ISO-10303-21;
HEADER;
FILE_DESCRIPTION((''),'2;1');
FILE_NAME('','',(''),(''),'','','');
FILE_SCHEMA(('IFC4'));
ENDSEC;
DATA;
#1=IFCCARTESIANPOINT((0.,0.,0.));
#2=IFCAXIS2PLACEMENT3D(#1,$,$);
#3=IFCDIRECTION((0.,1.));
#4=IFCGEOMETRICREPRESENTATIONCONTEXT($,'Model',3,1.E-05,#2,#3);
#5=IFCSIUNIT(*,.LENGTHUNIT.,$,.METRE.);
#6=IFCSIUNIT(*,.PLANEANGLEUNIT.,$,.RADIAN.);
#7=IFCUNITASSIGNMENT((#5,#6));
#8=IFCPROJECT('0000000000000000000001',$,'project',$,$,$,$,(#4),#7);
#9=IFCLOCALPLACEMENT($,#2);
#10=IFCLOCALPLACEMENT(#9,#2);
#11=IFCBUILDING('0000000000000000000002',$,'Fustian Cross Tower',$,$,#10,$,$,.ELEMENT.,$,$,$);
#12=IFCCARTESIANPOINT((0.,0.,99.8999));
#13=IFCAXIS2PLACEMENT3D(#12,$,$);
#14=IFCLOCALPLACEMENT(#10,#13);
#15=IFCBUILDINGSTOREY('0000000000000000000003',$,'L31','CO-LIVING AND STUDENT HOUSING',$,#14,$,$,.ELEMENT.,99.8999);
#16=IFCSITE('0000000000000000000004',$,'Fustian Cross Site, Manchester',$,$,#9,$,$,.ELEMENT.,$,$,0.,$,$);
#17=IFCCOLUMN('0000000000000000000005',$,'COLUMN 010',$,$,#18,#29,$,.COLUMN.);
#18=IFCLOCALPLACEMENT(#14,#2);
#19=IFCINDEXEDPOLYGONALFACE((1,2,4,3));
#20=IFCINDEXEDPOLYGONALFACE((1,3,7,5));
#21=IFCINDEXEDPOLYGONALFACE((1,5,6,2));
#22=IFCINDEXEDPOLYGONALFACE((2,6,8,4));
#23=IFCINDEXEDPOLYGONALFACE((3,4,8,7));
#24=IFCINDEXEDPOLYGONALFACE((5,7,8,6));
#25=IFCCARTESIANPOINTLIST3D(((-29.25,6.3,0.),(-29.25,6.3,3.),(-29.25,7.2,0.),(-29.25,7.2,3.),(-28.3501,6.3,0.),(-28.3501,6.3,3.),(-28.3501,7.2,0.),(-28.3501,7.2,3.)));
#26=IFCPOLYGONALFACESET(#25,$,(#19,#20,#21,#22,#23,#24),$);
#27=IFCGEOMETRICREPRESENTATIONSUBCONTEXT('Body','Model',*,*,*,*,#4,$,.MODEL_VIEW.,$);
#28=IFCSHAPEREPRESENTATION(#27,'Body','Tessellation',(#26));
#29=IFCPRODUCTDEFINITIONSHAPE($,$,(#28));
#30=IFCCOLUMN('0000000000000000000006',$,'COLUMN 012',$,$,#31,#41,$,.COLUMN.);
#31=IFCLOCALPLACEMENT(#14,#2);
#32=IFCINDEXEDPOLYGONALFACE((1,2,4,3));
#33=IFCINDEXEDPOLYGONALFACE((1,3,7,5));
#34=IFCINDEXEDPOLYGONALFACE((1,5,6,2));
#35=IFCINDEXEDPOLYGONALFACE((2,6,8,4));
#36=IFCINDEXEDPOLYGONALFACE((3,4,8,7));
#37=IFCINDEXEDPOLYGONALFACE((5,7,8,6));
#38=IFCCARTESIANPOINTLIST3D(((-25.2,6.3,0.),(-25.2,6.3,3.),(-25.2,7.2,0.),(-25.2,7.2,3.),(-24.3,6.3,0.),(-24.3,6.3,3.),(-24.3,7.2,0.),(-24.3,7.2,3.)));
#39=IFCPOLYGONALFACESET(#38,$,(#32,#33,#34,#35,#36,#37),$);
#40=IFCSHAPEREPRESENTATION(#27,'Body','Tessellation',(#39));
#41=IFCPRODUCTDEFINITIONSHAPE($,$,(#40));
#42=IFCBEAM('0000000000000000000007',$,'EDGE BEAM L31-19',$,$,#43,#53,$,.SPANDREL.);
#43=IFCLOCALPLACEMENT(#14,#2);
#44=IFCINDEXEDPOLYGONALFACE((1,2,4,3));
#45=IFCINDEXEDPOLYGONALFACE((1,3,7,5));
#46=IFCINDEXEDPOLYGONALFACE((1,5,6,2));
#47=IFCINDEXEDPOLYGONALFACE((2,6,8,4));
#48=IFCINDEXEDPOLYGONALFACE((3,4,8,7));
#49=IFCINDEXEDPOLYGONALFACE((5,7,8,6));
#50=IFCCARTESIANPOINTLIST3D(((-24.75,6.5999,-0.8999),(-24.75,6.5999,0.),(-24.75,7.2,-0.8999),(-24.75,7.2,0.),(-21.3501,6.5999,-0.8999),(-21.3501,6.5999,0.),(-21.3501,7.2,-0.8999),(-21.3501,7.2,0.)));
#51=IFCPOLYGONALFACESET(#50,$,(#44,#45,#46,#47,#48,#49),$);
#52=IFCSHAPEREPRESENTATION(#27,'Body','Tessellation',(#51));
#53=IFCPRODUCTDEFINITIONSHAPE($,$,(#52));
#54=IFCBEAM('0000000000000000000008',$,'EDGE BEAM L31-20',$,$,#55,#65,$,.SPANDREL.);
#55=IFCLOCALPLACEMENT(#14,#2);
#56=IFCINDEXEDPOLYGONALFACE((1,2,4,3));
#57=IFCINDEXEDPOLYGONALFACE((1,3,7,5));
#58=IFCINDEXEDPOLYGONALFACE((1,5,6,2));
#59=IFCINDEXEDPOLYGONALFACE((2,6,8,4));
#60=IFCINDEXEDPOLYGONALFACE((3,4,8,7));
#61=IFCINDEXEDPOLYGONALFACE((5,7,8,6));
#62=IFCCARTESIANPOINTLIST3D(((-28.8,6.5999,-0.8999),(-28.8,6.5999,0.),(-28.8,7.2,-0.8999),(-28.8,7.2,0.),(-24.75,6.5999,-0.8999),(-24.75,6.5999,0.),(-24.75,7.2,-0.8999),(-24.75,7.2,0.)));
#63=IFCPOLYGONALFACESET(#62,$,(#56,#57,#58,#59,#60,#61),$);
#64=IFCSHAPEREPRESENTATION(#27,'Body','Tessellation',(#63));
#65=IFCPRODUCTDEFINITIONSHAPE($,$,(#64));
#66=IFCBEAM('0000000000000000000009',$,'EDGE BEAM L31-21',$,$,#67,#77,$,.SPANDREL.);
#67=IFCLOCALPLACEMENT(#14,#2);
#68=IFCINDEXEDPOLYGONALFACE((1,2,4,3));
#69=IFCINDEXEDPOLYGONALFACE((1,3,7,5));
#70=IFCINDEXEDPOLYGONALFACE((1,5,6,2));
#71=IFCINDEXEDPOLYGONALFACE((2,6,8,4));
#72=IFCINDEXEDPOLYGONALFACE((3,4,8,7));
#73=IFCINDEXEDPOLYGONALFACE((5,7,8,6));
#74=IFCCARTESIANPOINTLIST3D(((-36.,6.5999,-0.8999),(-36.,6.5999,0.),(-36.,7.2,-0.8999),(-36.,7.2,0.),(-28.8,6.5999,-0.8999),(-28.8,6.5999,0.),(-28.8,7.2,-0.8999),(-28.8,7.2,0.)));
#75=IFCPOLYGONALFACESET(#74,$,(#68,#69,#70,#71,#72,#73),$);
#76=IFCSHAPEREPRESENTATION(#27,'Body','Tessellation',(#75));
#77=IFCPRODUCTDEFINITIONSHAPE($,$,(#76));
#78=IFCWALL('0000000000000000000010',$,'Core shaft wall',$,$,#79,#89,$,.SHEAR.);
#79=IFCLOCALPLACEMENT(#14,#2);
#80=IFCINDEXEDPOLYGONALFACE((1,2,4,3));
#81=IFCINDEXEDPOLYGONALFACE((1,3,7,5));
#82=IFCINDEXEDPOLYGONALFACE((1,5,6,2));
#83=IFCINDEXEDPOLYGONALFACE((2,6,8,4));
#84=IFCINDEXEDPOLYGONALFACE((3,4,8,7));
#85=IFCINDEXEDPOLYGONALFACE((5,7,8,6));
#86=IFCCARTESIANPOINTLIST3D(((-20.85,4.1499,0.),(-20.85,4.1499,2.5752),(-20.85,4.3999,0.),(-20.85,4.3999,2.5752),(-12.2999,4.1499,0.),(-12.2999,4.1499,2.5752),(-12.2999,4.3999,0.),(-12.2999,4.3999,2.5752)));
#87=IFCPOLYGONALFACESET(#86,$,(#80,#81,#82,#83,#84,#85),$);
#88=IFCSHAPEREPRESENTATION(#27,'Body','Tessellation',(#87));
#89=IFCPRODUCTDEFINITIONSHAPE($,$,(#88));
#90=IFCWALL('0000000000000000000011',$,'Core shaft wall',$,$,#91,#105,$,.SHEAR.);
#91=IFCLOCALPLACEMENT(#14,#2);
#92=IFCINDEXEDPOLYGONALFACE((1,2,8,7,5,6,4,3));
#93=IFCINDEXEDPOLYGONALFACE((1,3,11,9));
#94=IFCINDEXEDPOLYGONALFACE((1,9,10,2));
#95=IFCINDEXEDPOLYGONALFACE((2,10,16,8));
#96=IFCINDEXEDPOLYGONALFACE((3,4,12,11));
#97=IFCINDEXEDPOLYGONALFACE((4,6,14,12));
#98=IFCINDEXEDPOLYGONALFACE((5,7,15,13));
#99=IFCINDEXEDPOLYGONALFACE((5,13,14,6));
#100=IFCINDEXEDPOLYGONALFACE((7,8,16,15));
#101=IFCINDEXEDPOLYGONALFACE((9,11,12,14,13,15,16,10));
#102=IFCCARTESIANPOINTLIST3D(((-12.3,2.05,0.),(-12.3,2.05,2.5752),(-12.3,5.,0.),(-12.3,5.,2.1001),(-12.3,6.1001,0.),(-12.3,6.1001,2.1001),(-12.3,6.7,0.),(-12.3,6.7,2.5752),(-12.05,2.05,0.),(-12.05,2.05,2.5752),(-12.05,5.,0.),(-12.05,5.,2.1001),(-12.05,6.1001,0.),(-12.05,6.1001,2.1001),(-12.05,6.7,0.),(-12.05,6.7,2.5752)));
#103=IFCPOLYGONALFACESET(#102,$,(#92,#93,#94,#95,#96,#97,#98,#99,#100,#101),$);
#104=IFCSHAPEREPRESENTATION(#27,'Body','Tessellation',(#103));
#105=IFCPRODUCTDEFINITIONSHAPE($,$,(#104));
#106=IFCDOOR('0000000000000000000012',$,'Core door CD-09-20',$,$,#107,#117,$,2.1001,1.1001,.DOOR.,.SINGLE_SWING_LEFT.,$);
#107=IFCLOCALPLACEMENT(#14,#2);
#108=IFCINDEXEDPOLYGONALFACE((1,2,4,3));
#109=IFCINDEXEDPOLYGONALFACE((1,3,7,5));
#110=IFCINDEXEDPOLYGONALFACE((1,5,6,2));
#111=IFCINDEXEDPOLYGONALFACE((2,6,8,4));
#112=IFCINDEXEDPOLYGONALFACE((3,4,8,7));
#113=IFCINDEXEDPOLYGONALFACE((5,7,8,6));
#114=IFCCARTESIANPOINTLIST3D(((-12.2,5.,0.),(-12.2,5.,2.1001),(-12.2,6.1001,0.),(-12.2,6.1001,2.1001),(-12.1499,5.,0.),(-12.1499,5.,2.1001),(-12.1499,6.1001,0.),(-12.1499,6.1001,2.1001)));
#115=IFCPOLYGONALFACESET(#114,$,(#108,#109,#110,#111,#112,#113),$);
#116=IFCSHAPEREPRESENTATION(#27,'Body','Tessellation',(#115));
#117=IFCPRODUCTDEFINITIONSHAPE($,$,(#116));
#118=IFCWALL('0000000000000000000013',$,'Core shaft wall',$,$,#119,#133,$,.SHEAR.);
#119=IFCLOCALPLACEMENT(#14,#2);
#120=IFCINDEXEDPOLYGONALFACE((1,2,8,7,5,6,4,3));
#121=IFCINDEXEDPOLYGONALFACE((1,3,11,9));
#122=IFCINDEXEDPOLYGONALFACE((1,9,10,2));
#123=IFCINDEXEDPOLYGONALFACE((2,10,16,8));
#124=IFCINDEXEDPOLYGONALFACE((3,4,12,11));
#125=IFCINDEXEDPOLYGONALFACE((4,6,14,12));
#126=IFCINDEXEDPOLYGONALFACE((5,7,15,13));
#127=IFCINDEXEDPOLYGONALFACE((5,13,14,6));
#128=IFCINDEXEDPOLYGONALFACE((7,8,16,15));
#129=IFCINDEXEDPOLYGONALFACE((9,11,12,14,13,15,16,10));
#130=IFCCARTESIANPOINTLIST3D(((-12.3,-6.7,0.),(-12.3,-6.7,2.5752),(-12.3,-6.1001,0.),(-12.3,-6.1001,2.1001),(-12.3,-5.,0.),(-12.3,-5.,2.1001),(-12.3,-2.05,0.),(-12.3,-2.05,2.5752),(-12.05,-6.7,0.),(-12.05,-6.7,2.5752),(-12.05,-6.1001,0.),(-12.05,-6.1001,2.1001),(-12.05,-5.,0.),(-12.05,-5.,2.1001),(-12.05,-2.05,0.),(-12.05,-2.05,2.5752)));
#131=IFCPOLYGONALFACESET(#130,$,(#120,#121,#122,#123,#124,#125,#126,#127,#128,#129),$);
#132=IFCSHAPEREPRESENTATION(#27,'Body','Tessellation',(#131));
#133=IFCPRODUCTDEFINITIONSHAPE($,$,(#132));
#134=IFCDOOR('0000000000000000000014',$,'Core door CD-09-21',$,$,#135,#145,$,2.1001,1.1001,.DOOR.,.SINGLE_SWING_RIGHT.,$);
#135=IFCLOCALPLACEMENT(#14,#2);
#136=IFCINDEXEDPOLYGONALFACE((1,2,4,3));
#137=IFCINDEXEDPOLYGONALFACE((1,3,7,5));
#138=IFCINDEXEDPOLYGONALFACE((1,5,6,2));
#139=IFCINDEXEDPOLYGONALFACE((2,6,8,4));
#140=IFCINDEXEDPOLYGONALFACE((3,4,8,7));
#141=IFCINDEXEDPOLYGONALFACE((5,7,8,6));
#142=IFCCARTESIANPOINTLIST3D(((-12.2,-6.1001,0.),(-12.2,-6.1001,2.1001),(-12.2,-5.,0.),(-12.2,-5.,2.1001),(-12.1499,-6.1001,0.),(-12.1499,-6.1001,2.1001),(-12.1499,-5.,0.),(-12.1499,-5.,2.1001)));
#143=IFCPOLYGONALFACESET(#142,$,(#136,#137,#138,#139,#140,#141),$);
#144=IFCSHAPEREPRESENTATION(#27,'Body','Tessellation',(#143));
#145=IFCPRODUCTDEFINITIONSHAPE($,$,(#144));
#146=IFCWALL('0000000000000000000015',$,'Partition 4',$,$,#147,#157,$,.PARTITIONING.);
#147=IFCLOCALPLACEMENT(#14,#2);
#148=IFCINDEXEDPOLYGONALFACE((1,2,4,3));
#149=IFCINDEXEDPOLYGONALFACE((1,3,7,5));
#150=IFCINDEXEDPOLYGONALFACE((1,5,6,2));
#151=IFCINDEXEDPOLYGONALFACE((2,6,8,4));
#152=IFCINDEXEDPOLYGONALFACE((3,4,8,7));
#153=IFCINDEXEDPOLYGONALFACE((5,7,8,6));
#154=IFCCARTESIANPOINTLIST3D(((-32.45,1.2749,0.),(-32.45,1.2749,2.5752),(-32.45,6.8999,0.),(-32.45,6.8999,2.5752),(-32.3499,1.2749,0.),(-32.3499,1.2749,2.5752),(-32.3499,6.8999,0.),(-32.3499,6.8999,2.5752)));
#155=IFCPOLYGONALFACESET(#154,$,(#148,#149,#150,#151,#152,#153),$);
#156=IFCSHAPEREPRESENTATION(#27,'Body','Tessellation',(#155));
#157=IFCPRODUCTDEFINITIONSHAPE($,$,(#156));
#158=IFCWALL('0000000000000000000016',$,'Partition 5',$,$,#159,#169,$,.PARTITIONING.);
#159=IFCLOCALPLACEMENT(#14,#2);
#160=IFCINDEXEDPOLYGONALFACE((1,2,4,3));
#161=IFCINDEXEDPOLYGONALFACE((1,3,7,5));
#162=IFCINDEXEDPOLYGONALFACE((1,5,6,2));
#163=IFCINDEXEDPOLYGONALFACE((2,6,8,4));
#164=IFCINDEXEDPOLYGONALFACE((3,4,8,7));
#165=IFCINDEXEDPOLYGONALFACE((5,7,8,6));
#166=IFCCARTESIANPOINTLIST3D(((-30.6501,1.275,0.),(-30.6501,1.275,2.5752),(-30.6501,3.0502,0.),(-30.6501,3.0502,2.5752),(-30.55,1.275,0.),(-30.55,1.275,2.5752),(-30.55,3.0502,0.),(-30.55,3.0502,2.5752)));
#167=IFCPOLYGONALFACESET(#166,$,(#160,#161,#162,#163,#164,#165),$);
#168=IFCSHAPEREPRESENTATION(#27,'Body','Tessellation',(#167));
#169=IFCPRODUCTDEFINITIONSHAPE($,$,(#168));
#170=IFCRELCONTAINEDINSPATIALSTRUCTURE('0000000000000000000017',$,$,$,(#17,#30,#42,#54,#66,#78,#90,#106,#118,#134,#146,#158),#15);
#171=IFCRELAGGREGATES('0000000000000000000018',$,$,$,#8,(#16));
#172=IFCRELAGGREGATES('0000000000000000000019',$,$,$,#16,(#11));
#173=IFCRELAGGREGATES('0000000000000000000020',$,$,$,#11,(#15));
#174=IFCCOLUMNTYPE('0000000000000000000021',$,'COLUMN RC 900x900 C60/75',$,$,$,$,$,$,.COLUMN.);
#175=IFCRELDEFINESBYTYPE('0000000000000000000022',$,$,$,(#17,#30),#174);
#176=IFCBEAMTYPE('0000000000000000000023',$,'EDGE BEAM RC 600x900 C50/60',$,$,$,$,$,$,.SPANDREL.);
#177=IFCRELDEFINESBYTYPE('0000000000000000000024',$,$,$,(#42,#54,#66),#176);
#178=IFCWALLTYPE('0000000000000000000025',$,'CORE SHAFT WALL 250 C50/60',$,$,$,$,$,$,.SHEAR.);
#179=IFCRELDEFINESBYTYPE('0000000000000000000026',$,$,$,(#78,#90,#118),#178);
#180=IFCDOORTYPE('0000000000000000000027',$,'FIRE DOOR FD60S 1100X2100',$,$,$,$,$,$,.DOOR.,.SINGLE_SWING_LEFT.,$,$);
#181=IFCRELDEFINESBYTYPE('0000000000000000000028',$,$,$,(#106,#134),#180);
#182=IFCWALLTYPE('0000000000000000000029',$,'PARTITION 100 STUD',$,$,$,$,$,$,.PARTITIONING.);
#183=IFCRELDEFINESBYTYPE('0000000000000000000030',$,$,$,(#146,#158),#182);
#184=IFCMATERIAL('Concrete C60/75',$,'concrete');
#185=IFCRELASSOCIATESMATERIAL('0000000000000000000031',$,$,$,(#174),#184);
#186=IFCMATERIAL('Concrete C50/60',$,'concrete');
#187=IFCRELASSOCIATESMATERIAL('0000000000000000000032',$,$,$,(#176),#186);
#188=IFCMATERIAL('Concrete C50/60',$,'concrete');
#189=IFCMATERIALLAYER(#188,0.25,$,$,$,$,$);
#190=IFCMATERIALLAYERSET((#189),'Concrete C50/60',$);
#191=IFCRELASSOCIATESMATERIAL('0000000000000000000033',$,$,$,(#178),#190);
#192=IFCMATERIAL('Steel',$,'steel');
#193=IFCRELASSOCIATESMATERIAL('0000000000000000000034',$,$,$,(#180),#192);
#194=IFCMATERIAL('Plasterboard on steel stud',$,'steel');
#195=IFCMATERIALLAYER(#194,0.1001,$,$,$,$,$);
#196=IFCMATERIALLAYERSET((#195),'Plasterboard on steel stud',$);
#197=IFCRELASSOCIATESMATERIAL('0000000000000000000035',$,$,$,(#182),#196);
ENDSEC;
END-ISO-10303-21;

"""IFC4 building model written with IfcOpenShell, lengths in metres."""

from ifc_helpers import new_model, si_unit, direction, frame, frame_2d, origin, origin_2d, place, context, subcontext, project, spatial, rectangle, extrude, material, layer, layer_set, material_profile, profile_set, type_object, element, fill, save


model = new_model("IFC4")

# Units and contexts
model_context = context("Model", 3, precision=1e-05, world=origin(), true_north=direction((0.0, 1.0)))
body_context = subcontext(model_context, "Body", "Model", "MODEL_VIEW")
ifc_project = project(units=[si_unit("LENGTHUNIT", "METRE"), si_unit("PLANEANGLEUNIT", "RADIAN")], contexts=[model_context])

# Site, building, storey
site_placement = place(None, origin())
site = spatial("IfcSite", under=ifc_project, at=site_placement, Name="Fustian Cross Site, Manchester", CompositionType="ELEMENT", RefElevation=0.0)
building_placement = place(site_placement, origin())
building = spatial("IfcBuilding", under=site, at=building_placement, Name="Fustian Cross Tower", CompositionType="ELEMENT")
storey_placement = place(building_placement, frame((0.0, 0.0, 99.8999)))
storey = spatial("IfcBuildingStorey", under=building, at=storey_placement, Name="L31", Description="CO-LIVING AND STUDENT HOUSING", CompositionType="ELEMENT", Elevation=99.8999)

# Columns
ifc_material_1 = material(Name="Concrete C60/75", Category="concrete")
ifc_material_profile_1 = material_profile(ifc_material_1, rectangle(XDim=0.8999, YDim=0.8999, at=origin_2d()), Name="RC 900x900")
ifc_profile_set_1 = profile_set([ifc_material_profile_1], Name="Concrete C60/75")
column_type = type_object("IfcColumnType", Name="COLUMN RC 900x900 C60/75", PredefinedType="COLUMN", material=ifc_profile_set_1)
for number, where, z_axis, x_axis, name in (
    (1, (-28.8, 6.75, 0.0), (0.0, 0.0, 1.0), (1.0, 0.0, 0.0), "COLUMN 010"),
    (2, (-24.75, 6.75, 0.0), (0.0, 0.0, 1.0), (1.0, 0.0, 0.0), "COLUMN 012"),
):
    element("IfcColumn", number, at=place(storey_placement, frame(where, z_axis=z_axis, x_axis=x_axis)), inside=storey, type_object=column_type, Name=name, PredefinedType="COLUMN", context=body_context, shape_type="SweptSolid", body=[
        extrude(rectangle(XDim=0.8999, YDim=0.8999, at=origin_2d()), origin(), (0.0, 0.0, 1.0), 3.0),
    ])

# Beams
ifc_material_2 = material(Name="Concrete C50/60", Category="concrete")
ifc_material_profile_2 = material_profile(ifc_material_2, rectangle(XDim=0.6001, YDim=0.8999, at=origin_2d()), Name="RC 600x900")
ifc_profile_set_2 = profile_set([ifc_material_profile_2], Name="Concrete C50/60")
beam_type = type_object("IfcBeamType", Name="EDGE BEAM RC 600x900 C50/60", PredefinedType="SPANDREL", material=ifc_profile_set_2)
beam_1_placement = place(storey_placement, frame((-21.3501, 6.8999, -0.45), z_axis=(-1.0, 0.0, 0.0), x_axis=(0.0, -1.0, 0.0)))
element("IfcBeam", 3, at=beam_1_placement, inside=storey, type_object=beam_type, Name="EDGE BEAM L31-19", PredefinedType="SPANDREL", context=body_context, shape_type="SweptSolid", body=[
    extrude(rectangle(XDim=0.6001, YDim=0.8999, at=origin_2d()), origin(), (0.0, 0.0, 1.0), 3.3999),
])
beam_2_placement = place(storey_placement, frame((-24.75, 6.8999, -0.45), z_axis=(-1.0, 0.0, 0.0), x_axis=(0.0, -1.0, 0.0)))
element("IfcBeam", 4, at=beam_2_placement, inside=storey, type_object=beam_type, Name="EDGE BEAM L31-20", PredefinedType="SPANDREL", context=body_context, shape_type="SweptSolid", body=[
    extrude(rectangle(XDim=0.6001, YDim=0.8999, at=origin_2d()), origin(), (0.0, 0.0, 1.0), 4.05),
])
beam_3_placement = place(storey_placement, frame((-28.8, 6.8999, -0.45), z_axis=(-1.0, 0.0, 0.0), x_axis=(0.0, -1.0, 0.0)))
element("IfcBeam", 5, at=beam_3_placement, inside=storey, type_object=beam_type, Name="EDGE BEAM L31-21", PredefinedType="SPANDREL", context=body_context, shape_type="SweptSolid", body=[
    extrude(rectangle(XDim=0.6001, YDim=0.8999, at=origin_2d()), origin(), (0.0, 0.0, 1.0), 7.2),
])

# Wall
ifc_material_3 = material(Name="Concrete C50/60", Category="concrete")
ifc_layer_1 = layer(ifc_material_3, 0.25)
ifc_layer_set_1 = layer_set([ifc_layer_1], Name="Concrete C50/60")
wall_type_1 = type_object("IfcWallType", Name="CORE SHAFT WALL 250 C50/60", PredefinedType="SHEAR", material=ifc_layer_set_1)
wall_1_placement = place(storey_placement, frame((-12.3, 4.2749, 0.0), z_axis=(0.0, 0.0, 1.0), x_axis=(-1.0, 0.0, 0.0)))
element("IfcWall", 6, at=wall_1_placement, inside=storey, type_object=wall_type_1, Name="Core shaft wall", PredefinedType="SHEAR", context=body_context, shape_type="SweptSolid", body=[
    extrude(rectangle(XDim=8.55, YDim=0.25, at=frame_2d((4.2749, 0.0))), origin(), (0.0, 0.0, 1.0), 2.5752),
])

# Walls, openings, doors
wall_2_placement = place(storey_placement, frame((-12.175, 2.05, 0.0), z_axis=(0.0, 0.0, 1.0), x_axis=(0.0, 1.0, 0.0)))
wall_2 = element("IfcWall", 7, at=wall_2_placement, inside=storey, type_object=wall_type_1, Name="Core shaft wall", PredefinedType="SHEAR", context=body_context, shape_type="SweptSolid", body=[
    extrude(rectangle(XDim=4.6499, YDim=0.25, at=frame_2d((2.325, 0.0))), origin(), (0.0, 0.0, 1.0), 2.5752),
])
opening_1_placement = place(wall_2_placement, frame((2.95, 0.0, 0.0)))
opening_1 = element("IfcOpeningElement", 8, at=opening_1_placement, cuts=wall_2, PredefinedType="OPENING", context=body_context, shape_type="SweptSolid", body=[
    extrude(rectangle(XDim=1.1001, YDim=2.1001, at=frame_2d((0.55, 1.05))), frame((0.0, 0.135, 0.0), z_axis=(0.0, -1.0, 0.0), x_axis=(1.0, 0.0, 0.0)), (0.0, 0.0, 1.0), 0.27),
])
ifc_material_4 = material(Name="Steel", Category="steel")
door_type_1 = type_object("IfcDoorType", Name="FIRE DOOR FD60S 1100X2100", OperationType="SINGLE_SWING_LEFT", PredefinedType="DOOR", material=ifc_material_4)
door_1_placement = place(opening_1_placement, origin())
door_1 = element("IfcDoor", 9, at=door_1_placement, inside=storey, type_object=door_type_1, Name="Core door CD-09-20", OperationType="SINGLE_SWING_LEFT", OverallHeight=2.1001, OverallWidth=1.1001, PredefinedType="DOOR", context=body_context, shape_type="SweptSolid", body=[
    extrude(rectangle(XDim=1.1001, YDim=2.1001, at=frame_2d((0.55, 1.05))), frame((0.0, 0.0249, 0.0), z_axis=(0.0, -1.0, 0.0), x_axis=(1.0, 0.0, 0.0)), (0.0, 0.0, 1.0), 0.05),
])
fill(opening_1, door_1)
wall_3_placement = place(storey_placement, frame((-12.175, -2.05, 0.0), z_axis=(0.0, 0.0, 1.0), x_axis=(0.0, -1.0, 0.0)))
wall_3 = element("IfcWall", 10, at=wall_3_placement, inside=storey, type_object=wall_type_1, Name="Core shaft wall", PredefinedType="SHEAR", context=body_context, shape_type="SweptSolid", body=[
    extrude(rectangle(XDim=4.6499, YDim=0.25, at=frame_2d((2.325, 0.0))), origin(), (0.0, 0.0, 1.0), 2.5752),
])
opening_2_placement = place(wall_3_placement, frame((2.95, 0.0, 0.0)))
opening_2 = element("IfcOpeningElement", 11, at=opening_2_placement, cuts=wall_3, PredefinedType="OPENING", context=body_context, shape_type="SweptSolid", body=[
    extrude(rectangle(XDim=1.1001, YDim=2.1001, at=frame_2d((0.55, 1.05))), frame((0.0, 0.135, 0.0), z_axis=(0.0, -1.0, 0.0), x_axis=(1.0, 0.0, 0.0)), (0.0, 0.0, 1.0), 0.27),
])
door_2_placement = place(opening_2_placement, frame((1.1001, 0.0, 0.0), z_axis=(0.0, 0.0, 1.0), x_axis=(-1.0, 0.0, 0.0)))
door_2 = element("IfcDoor", 12, at=door_2_placement, inside=storey, type_object=door_type_1, Name="Core door CD-09-21", OperationType="SINGLE_SWING_RIGHT", OverallHeight=2.1001, OverallWidth=1.1001, PredefinedType="DOOR", context=body_context, shape_type="SweptSolid", body=[
    extrude(rectangle(XDim=1.1001, YDim=2.1001, at=frame_2d((0.55, 1.05))), frame((0.0, 0.0249, 0.0), z_axis=(0.0, -1.0, 0.0), x_axis=(1.0, 0.0, 0.0)), (0.0, 0.0, 1.0), 0.05),
])
fill(opening_2, door_2)

# Walls
ifc_material_5 = material(Name="Plasterboard on steel stud", Category="steel")
ifc_layer_2 = layer(ifc_material_5, 0.1001)
ifc_layer_set_2 = layer_set([ifc_layer_2], Name="Plasterboard on steel stud")
wall_type_2 = type_object("IfcWallType", Name="PARTITION 100 STUD", PredefinedType="PARTITIONING", material=ifc_layer_set_2)
wall_4_placement = place(storey_placement, frame((-32.3999, 1.2749, 0.0), z_axis=(0.0, 0.0, 1.0), x_axis=(0.0, 1.0, 0.0)))
element("IfcWall", 13, at=wall_4_placement, inside=storey, type_object=wall_type_2, Name="Partition 4", PredefinedType="PARTITIONING", context=body_context, shape_type="SweptSolid", body=[
    extrude(rectangle(XDim=5.625, YDim=0.1001, at=frame_2d((2.8125, 0.0))), origin(), (0.0, 0.0, 1.0), 2.5752),
])
wall_5_placement = place(storey_placement, frame((-30.6001, 1.2749, 0.0), z_axis=(0.0, 0.0, 1.0), x_axis=(0.0, 1.0, 0.0)))
element("IfcWall", 14, at=wall_5_placement, inside=storey, type_object=wall_type_2, Name="Partition 5", PredefinedType="PARTITIONING", context=body_context, shape_type="SweptSolid", body=[
    extrude(rectangle(XDim=1.7751, YDim=0.1001, at=frame_2d((0.8877, 0.0))), origin(), (0.0, 0.0, 1.0), 2.5752),
])

save(model, "model.ifc")
